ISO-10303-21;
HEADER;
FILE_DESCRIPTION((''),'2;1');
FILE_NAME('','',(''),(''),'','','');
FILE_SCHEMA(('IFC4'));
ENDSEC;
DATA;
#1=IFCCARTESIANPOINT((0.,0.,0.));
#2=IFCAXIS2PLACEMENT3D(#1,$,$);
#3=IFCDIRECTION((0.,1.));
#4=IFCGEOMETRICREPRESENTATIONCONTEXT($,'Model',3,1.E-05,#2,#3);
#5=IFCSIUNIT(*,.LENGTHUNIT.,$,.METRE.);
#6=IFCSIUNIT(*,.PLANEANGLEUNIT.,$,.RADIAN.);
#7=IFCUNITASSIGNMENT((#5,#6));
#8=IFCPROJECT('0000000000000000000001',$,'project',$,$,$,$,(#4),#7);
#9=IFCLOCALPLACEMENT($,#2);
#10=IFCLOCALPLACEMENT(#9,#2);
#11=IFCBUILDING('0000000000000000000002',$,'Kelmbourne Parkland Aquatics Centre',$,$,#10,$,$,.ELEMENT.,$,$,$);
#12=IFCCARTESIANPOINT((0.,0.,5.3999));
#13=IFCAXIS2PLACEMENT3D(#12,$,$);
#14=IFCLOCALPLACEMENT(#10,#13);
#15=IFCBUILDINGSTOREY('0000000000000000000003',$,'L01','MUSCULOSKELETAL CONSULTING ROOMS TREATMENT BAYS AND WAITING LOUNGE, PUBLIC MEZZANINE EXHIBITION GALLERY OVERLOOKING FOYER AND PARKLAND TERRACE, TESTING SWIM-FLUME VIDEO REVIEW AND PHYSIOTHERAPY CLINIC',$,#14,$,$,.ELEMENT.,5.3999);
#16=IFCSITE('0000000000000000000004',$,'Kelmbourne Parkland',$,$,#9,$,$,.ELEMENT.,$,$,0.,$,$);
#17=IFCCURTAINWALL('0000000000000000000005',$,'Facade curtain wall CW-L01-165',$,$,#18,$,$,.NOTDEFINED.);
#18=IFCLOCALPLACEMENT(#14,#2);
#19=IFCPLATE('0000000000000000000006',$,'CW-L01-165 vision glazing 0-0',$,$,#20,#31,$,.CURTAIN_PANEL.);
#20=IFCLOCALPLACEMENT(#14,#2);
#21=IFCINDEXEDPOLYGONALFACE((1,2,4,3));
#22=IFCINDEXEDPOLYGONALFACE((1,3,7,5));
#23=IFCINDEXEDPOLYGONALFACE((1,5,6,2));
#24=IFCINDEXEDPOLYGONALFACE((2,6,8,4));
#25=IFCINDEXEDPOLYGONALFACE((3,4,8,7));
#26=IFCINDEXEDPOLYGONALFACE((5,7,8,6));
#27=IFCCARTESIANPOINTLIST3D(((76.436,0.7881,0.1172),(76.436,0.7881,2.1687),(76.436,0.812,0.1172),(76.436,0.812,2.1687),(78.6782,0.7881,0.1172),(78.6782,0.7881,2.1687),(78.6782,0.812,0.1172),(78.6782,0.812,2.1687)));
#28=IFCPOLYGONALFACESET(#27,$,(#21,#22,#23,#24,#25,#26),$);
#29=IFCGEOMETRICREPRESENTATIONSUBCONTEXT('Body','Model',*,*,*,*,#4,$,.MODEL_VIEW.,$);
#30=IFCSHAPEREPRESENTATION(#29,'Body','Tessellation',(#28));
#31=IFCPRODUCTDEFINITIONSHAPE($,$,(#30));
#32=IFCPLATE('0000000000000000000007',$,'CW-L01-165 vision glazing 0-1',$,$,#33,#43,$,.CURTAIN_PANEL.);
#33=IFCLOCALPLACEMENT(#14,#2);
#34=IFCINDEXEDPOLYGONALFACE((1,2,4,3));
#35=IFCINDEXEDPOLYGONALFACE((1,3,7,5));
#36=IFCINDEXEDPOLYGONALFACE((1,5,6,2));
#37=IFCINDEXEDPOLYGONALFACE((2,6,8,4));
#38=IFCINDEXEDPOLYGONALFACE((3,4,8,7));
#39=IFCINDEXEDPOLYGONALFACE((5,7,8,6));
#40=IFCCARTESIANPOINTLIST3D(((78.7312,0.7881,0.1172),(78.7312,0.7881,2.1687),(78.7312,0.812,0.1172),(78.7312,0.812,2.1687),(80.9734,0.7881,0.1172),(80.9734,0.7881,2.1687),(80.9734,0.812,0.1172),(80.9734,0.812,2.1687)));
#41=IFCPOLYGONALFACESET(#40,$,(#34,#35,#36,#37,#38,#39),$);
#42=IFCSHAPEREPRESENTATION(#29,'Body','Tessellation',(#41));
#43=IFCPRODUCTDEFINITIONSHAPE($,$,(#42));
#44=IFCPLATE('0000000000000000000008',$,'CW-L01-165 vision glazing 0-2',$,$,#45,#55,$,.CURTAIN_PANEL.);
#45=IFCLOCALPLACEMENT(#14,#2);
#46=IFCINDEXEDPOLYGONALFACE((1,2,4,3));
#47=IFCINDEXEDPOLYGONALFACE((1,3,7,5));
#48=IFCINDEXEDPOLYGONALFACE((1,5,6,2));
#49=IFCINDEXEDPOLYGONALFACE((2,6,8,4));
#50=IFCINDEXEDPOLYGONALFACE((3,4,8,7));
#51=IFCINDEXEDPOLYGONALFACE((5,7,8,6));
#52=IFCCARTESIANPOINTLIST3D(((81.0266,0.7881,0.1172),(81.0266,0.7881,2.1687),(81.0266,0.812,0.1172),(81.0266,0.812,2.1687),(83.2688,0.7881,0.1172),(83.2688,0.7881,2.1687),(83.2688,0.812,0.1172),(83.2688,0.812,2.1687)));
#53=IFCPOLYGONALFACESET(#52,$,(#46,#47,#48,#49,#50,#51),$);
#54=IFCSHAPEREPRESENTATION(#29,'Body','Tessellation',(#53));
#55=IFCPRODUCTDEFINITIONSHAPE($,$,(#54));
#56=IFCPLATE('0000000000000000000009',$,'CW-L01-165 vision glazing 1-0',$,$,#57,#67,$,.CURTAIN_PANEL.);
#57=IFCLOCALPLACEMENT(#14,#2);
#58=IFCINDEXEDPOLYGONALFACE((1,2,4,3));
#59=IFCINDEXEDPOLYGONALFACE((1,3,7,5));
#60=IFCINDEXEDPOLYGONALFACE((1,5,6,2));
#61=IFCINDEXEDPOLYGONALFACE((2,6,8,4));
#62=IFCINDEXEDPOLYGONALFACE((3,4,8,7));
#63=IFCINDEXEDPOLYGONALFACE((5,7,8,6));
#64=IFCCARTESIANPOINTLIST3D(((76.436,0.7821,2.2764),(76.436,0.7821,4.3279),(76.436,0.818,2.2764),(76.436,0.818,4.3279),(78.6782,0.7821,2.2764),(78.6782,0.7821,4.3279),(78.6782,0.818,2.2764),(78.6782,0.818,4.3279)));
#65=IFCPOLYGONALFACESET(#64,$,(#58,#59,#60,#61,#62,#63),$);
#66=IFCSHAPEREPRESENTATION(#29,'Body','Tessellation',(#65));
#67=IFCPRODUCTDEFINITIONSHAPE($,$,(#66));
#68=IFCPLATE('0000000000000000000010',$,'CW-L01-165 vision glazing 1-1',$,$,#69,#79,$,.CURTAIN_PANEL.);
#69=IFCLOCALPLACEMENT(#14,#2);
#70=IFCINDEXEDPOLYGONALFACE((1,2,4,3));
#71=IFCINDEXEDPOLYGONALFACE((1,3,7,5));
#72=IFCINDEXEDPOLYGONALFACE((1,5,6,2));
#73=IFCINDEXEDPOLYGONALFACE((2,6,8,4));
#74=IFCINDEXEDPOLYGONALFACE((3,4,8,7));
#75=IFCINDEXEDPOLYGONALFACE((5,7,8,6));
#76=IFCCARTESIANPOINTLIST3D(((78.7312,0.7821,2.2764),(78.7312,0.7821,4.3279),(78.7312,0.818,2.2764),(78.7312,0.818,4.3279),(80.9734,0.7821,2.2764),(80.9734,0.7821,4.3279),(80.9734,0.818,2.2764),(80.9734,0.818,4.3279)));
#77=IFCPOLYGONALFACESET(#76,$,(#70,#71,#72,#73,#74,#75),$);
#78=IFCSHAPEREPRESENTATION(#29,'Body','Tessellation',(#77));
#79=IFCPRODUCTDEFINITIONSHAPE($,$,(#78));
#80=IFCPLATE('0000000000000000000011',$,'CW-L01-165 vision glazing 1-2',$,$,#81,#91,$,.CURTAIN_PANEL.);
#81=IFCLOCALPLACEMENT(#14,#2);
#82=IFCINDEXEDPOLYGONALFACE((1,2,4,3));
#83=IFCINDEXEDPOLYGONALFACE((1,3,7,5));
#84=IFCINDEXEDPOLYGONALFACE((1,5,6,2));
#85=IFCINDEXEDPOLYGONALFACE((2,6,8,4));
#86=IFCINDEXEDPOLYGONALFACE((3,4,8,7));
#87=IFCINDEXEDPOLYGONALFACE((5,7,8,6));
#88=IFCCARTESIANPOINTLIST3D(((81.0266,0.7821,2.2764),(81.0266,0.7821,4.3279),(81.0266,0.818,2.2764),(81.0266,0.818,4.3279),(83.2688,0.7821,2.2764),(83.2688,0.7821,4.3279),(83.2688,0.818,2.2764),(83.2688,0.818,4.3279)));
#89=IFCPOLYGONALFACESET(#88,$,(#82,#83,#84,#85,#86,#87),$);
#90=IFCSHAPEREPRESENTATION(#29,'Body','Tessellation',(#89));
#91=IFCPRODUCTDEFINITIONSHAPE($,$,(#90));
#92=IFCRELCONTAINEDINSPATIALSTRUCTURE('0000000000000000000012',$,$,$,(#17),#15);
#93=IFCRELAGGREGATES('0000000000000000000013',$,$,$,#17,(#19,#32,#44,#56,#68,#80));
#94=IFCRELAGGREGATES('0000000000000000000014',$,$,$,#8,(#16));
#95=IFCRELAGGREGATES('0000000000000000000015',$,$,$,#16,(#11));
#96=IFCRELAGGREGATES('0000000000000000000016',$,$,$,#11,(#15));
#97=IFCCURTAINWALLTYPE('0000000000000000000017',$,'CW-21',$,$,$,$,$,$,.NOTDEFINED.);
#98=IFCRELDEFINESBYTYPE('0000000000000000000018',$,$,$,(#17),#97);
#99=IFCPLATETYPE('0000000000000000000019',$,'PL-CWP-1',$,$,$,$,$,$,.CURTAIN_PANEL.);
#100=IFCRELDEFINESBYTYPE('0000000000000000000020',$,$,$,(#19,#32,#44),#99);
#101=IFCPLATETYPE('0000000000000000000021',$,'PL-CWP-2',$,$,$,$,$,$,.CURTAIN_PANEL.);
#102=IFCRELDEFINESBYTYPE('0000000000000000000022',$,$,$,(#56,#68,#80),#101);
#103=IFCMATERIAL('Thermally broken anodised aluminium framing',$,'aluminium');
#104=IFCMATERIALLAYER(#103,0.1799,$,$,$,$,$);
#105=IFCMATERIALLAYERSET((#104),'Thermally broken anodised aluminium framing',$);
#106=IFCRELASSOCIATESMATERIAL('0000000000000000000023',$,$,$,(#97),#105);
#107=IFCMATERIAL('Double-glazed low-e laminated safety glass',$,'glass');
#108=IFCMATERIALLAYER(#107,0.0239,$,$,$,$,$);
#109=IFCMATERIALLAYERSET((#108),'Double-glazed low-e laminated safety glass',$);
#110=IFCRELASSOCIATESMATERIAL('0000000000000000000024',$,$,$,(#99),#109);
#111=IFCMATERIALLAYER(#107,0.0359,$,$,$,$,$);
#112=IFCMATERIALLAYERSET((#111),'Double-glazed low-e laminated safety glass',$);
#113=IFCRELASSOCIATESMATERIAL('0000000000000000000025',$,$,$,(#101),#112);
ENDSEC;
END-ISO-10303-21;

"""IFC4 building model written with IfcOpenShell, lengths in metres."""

from ifc_helpers import new_model, si_unit, direction, frame, origin, origin_2d, place, context, subcontext, project, spatial, rectangle, extrude, material, layer, layer_set, type_object, element, aggregate, save


model = new_model("IFC4")

# Units and contexts
model_context = context("Model", 3, precision=1e-05, world=origin(), true_north=direction((0.0, 1.0)))
body_context = subcontext(model_context, "Body", "Model", "MODEL_VIEW")
ifc_project = project(units=[si_unit("LENGTHUNIT", "METRE"), si_unit("PLANEANGLEUNIT", "RADIAN")], contexts=[model_context])

# Site, building, storey
site_placement = place(None, origin())
site = spatial("IfcSite", under=ifc_project, at=site_placement, Name="Kelmbourne Parkland", CompositionType="ELEMENT", RefElevation=0.0)
building_placement = place(site_placement, origin())
building = spatial("IfcBuilding", under=site, at=building_placement, Name="Kelmbourne Parkland Aquatics Centre", CompositionType="ELEMENT")
storey_placement = place(building_placement, frame((0.0, 0.0, 5.3999)))
storey = spatial("IfcBuildingStorey", under=building, at=storey_placement, Name="L01", Description="MUSCULOSKELETAL CONSULTING ROOMS TREATMENT BAYS AND WAITING LOUNGE, PUBLIC MEZZANINE EXHIBITION GALLERY OVERLOOKING FOYER AND PARKLAND TERRACE, TESTING SWIM-FLUME VIDEO REVIEW AND PHYSIOTHERAPY CLINIC", CompositionType="ELEMENT", Elevation=5.3999)

# Curtain wall, plates
ifc_material_1 = material(Name="Thermally broken anodised aluminium framing", Category="aluminium")
ifc_layer_1 = layer(ifc_material_1, 0.1799)
ifc_layer_set_1 = layer_set([ifc_layer_1], Name="Thermally broken anodised aluminium framing")
curtain_wall_type = type_object("IfcCurtainWallType", Name="CW-21", PredefinedType="NOTDEFINED", material=ifc_layer_set_1)
curtain_wall_placement = place(storey_placement, origin())
curtain_wall = element("IfcCurtainWall", 1, at=curtain_wall_placement, inside=storey, type_object=curtain_wall_type, Name="Facade curtain wall CW-L01-165", PredefinedType="NOTDEFINED")
ifc_material_2 = material(Name="Double-glazed low-e laminated safety glass", Category="glass")
ifc_layer_2 = layer(ifc_material_2, 0.0239)
ifc_layer_set_2 = layer_set([ifc_layer_2], Name="Double-glazed low-e laminated safety glass")
plate_type_1 = type_object("IfcPlateType", Name="PL-CWP-1", PredefinedType="CURTAIN_PANEL", material=ifc_layer_set_2)
plate_1_placement = place(storey_placement, frame((77.5571, 0.8, 0.1172), z_axis=(0.0, 0.0, 1.0), x_axis=(1.0, 0.0, 0.0)))
plate_1 = element("IfcPlate", 2, at=plate_1_placement, type_object=plate_type_1, Name="CW-L01-165 vision glazing 0-0", PredefinedType="CURTAIN_PANEL", context=body_context, shape_type="SweptSolid", body=[
    extrude(rectangle(XDim=2.2422, YDim=0.0239, at=origin_2d()), origin(), (0.0, 0.0, 1.0), 2.0515),
])
plate_2_placement = place(storey_placement, frame((79.8523, 0.8, 0.1172), z_axis=(0.0, 0.0, 1.0), x_axis=(1.0, 0.0, 0.0)))
plate_2 = element("IfcPlate", 3, at=plate_2_placement, type_object=plate_type_1, Name="CW-L01-165 vision glazing 0-1", PredefinedType="CURTAIN_PANEL", context=body_context, shape_type="SweptSolid", body=[
    extrude(rectangle(XDim=2.2422, YDim=0.0239, at=origin_2d()), origin(), (0.0, 0.0, 1.0), 2.0515),
])
plate_3_placement = place(storey_placement, frame((82.1477, 0.8, 0.1172), z_axis=(0.0, 0.0, 1.0), x_axis=(1.0, 0.0, 0.0)))
plate_3 = element("IfcPlate", 4, at=plate_3_placement, type_object=plate_type_1, Name="CW-L01-165 vision glazing 0-2", PredefinedType="CURTAIN_PANEL", context=body_context, shape_type="SweptSolid", body=[
    extrude(rectangle(XDim=2.2422, YDim=0.0239, at=origin_2d()), origin(), (0.0, 0.0, 1.0), 2.0515),
])
ifc_layer_3 = layer(ifc_material_2, 0.0359)
ifc_layer_set_3 = layer_set([ifc_layer_3], Name="Double-glazed low-e laminated safety glass")
plate_type_2 = type_object("IfcPlateType", Name="PL-CWP-2", PredefinedType="CURTAIN_PANEL", material=ifc_layer_set_3)
plate_4_placement = place(storey_placement, frame((77.5571, 0.8, 2.2764), z_axis=(0.0, 0.0, 1.0), x_axis=(1.0, 0.0, 0.0)))
plate_4 = element("IfcPlate", 5, at=plate_4_placement, type_object=plate_type_2, Name="CW-L01-165 vision glazing 1-0", PredefinedType="CURTAIN_PANEL", context=body_context, shape_type="SweptSolid", body=[
    extrude(rectangle(XDim=2.2422, YDim=0.0359, at=origin_2d()), origin(), (0.0, 0.0, 1.0), 2.0515),
])
plate_5_placement = place(storey_placement, frame((79.8523, 0.8, 2.2764), z_axis=(0.0, 0.0, 1.0), x_axis=(1.0, 0.0, 0.0)))
plate_5 = element("IfcPlate", 6, at=plate_5_placement, type_object=plate_type_2, Name="CW-L01-165 vision glazing 1-1", PredefinedType="CURTAIN_PANEL", context=body_context, shape_type="SweptSolid", body=[
    extrude(rectangle(XDim=2.2422, YDim=0.0359, at=origin_2d()), origin(), (0.0, 0.0, 1.0), 2.0515),
])
plate_6_placement = place(storey_placement, frame((82.1477, 0.8, 2.2764), z_axis=(0.0, 0.0, 1.0), x_axis=(1.0, 0.0, 0.0)))
plate_6 = element("IfcPlate", 7, at=plate_6_placement, type_object=plate_type_2, Name="CW-L01-165 vision glazing 1-2", PredefinedType="CURTAIN_PANEL", context=body_context, shape_type="SweptSolid", body=[
    extrude(rectangle(XDim=2.2422, YDim=0.0359, at=origin_2d()), origin(), (0.0, 0.0, 1.0), 2.0515),
])
aggregate(curtain_wall, [plate_1, plate_2, plate_3, plate_4, plate_5, plate_6])

save(model, "model.ifc")
